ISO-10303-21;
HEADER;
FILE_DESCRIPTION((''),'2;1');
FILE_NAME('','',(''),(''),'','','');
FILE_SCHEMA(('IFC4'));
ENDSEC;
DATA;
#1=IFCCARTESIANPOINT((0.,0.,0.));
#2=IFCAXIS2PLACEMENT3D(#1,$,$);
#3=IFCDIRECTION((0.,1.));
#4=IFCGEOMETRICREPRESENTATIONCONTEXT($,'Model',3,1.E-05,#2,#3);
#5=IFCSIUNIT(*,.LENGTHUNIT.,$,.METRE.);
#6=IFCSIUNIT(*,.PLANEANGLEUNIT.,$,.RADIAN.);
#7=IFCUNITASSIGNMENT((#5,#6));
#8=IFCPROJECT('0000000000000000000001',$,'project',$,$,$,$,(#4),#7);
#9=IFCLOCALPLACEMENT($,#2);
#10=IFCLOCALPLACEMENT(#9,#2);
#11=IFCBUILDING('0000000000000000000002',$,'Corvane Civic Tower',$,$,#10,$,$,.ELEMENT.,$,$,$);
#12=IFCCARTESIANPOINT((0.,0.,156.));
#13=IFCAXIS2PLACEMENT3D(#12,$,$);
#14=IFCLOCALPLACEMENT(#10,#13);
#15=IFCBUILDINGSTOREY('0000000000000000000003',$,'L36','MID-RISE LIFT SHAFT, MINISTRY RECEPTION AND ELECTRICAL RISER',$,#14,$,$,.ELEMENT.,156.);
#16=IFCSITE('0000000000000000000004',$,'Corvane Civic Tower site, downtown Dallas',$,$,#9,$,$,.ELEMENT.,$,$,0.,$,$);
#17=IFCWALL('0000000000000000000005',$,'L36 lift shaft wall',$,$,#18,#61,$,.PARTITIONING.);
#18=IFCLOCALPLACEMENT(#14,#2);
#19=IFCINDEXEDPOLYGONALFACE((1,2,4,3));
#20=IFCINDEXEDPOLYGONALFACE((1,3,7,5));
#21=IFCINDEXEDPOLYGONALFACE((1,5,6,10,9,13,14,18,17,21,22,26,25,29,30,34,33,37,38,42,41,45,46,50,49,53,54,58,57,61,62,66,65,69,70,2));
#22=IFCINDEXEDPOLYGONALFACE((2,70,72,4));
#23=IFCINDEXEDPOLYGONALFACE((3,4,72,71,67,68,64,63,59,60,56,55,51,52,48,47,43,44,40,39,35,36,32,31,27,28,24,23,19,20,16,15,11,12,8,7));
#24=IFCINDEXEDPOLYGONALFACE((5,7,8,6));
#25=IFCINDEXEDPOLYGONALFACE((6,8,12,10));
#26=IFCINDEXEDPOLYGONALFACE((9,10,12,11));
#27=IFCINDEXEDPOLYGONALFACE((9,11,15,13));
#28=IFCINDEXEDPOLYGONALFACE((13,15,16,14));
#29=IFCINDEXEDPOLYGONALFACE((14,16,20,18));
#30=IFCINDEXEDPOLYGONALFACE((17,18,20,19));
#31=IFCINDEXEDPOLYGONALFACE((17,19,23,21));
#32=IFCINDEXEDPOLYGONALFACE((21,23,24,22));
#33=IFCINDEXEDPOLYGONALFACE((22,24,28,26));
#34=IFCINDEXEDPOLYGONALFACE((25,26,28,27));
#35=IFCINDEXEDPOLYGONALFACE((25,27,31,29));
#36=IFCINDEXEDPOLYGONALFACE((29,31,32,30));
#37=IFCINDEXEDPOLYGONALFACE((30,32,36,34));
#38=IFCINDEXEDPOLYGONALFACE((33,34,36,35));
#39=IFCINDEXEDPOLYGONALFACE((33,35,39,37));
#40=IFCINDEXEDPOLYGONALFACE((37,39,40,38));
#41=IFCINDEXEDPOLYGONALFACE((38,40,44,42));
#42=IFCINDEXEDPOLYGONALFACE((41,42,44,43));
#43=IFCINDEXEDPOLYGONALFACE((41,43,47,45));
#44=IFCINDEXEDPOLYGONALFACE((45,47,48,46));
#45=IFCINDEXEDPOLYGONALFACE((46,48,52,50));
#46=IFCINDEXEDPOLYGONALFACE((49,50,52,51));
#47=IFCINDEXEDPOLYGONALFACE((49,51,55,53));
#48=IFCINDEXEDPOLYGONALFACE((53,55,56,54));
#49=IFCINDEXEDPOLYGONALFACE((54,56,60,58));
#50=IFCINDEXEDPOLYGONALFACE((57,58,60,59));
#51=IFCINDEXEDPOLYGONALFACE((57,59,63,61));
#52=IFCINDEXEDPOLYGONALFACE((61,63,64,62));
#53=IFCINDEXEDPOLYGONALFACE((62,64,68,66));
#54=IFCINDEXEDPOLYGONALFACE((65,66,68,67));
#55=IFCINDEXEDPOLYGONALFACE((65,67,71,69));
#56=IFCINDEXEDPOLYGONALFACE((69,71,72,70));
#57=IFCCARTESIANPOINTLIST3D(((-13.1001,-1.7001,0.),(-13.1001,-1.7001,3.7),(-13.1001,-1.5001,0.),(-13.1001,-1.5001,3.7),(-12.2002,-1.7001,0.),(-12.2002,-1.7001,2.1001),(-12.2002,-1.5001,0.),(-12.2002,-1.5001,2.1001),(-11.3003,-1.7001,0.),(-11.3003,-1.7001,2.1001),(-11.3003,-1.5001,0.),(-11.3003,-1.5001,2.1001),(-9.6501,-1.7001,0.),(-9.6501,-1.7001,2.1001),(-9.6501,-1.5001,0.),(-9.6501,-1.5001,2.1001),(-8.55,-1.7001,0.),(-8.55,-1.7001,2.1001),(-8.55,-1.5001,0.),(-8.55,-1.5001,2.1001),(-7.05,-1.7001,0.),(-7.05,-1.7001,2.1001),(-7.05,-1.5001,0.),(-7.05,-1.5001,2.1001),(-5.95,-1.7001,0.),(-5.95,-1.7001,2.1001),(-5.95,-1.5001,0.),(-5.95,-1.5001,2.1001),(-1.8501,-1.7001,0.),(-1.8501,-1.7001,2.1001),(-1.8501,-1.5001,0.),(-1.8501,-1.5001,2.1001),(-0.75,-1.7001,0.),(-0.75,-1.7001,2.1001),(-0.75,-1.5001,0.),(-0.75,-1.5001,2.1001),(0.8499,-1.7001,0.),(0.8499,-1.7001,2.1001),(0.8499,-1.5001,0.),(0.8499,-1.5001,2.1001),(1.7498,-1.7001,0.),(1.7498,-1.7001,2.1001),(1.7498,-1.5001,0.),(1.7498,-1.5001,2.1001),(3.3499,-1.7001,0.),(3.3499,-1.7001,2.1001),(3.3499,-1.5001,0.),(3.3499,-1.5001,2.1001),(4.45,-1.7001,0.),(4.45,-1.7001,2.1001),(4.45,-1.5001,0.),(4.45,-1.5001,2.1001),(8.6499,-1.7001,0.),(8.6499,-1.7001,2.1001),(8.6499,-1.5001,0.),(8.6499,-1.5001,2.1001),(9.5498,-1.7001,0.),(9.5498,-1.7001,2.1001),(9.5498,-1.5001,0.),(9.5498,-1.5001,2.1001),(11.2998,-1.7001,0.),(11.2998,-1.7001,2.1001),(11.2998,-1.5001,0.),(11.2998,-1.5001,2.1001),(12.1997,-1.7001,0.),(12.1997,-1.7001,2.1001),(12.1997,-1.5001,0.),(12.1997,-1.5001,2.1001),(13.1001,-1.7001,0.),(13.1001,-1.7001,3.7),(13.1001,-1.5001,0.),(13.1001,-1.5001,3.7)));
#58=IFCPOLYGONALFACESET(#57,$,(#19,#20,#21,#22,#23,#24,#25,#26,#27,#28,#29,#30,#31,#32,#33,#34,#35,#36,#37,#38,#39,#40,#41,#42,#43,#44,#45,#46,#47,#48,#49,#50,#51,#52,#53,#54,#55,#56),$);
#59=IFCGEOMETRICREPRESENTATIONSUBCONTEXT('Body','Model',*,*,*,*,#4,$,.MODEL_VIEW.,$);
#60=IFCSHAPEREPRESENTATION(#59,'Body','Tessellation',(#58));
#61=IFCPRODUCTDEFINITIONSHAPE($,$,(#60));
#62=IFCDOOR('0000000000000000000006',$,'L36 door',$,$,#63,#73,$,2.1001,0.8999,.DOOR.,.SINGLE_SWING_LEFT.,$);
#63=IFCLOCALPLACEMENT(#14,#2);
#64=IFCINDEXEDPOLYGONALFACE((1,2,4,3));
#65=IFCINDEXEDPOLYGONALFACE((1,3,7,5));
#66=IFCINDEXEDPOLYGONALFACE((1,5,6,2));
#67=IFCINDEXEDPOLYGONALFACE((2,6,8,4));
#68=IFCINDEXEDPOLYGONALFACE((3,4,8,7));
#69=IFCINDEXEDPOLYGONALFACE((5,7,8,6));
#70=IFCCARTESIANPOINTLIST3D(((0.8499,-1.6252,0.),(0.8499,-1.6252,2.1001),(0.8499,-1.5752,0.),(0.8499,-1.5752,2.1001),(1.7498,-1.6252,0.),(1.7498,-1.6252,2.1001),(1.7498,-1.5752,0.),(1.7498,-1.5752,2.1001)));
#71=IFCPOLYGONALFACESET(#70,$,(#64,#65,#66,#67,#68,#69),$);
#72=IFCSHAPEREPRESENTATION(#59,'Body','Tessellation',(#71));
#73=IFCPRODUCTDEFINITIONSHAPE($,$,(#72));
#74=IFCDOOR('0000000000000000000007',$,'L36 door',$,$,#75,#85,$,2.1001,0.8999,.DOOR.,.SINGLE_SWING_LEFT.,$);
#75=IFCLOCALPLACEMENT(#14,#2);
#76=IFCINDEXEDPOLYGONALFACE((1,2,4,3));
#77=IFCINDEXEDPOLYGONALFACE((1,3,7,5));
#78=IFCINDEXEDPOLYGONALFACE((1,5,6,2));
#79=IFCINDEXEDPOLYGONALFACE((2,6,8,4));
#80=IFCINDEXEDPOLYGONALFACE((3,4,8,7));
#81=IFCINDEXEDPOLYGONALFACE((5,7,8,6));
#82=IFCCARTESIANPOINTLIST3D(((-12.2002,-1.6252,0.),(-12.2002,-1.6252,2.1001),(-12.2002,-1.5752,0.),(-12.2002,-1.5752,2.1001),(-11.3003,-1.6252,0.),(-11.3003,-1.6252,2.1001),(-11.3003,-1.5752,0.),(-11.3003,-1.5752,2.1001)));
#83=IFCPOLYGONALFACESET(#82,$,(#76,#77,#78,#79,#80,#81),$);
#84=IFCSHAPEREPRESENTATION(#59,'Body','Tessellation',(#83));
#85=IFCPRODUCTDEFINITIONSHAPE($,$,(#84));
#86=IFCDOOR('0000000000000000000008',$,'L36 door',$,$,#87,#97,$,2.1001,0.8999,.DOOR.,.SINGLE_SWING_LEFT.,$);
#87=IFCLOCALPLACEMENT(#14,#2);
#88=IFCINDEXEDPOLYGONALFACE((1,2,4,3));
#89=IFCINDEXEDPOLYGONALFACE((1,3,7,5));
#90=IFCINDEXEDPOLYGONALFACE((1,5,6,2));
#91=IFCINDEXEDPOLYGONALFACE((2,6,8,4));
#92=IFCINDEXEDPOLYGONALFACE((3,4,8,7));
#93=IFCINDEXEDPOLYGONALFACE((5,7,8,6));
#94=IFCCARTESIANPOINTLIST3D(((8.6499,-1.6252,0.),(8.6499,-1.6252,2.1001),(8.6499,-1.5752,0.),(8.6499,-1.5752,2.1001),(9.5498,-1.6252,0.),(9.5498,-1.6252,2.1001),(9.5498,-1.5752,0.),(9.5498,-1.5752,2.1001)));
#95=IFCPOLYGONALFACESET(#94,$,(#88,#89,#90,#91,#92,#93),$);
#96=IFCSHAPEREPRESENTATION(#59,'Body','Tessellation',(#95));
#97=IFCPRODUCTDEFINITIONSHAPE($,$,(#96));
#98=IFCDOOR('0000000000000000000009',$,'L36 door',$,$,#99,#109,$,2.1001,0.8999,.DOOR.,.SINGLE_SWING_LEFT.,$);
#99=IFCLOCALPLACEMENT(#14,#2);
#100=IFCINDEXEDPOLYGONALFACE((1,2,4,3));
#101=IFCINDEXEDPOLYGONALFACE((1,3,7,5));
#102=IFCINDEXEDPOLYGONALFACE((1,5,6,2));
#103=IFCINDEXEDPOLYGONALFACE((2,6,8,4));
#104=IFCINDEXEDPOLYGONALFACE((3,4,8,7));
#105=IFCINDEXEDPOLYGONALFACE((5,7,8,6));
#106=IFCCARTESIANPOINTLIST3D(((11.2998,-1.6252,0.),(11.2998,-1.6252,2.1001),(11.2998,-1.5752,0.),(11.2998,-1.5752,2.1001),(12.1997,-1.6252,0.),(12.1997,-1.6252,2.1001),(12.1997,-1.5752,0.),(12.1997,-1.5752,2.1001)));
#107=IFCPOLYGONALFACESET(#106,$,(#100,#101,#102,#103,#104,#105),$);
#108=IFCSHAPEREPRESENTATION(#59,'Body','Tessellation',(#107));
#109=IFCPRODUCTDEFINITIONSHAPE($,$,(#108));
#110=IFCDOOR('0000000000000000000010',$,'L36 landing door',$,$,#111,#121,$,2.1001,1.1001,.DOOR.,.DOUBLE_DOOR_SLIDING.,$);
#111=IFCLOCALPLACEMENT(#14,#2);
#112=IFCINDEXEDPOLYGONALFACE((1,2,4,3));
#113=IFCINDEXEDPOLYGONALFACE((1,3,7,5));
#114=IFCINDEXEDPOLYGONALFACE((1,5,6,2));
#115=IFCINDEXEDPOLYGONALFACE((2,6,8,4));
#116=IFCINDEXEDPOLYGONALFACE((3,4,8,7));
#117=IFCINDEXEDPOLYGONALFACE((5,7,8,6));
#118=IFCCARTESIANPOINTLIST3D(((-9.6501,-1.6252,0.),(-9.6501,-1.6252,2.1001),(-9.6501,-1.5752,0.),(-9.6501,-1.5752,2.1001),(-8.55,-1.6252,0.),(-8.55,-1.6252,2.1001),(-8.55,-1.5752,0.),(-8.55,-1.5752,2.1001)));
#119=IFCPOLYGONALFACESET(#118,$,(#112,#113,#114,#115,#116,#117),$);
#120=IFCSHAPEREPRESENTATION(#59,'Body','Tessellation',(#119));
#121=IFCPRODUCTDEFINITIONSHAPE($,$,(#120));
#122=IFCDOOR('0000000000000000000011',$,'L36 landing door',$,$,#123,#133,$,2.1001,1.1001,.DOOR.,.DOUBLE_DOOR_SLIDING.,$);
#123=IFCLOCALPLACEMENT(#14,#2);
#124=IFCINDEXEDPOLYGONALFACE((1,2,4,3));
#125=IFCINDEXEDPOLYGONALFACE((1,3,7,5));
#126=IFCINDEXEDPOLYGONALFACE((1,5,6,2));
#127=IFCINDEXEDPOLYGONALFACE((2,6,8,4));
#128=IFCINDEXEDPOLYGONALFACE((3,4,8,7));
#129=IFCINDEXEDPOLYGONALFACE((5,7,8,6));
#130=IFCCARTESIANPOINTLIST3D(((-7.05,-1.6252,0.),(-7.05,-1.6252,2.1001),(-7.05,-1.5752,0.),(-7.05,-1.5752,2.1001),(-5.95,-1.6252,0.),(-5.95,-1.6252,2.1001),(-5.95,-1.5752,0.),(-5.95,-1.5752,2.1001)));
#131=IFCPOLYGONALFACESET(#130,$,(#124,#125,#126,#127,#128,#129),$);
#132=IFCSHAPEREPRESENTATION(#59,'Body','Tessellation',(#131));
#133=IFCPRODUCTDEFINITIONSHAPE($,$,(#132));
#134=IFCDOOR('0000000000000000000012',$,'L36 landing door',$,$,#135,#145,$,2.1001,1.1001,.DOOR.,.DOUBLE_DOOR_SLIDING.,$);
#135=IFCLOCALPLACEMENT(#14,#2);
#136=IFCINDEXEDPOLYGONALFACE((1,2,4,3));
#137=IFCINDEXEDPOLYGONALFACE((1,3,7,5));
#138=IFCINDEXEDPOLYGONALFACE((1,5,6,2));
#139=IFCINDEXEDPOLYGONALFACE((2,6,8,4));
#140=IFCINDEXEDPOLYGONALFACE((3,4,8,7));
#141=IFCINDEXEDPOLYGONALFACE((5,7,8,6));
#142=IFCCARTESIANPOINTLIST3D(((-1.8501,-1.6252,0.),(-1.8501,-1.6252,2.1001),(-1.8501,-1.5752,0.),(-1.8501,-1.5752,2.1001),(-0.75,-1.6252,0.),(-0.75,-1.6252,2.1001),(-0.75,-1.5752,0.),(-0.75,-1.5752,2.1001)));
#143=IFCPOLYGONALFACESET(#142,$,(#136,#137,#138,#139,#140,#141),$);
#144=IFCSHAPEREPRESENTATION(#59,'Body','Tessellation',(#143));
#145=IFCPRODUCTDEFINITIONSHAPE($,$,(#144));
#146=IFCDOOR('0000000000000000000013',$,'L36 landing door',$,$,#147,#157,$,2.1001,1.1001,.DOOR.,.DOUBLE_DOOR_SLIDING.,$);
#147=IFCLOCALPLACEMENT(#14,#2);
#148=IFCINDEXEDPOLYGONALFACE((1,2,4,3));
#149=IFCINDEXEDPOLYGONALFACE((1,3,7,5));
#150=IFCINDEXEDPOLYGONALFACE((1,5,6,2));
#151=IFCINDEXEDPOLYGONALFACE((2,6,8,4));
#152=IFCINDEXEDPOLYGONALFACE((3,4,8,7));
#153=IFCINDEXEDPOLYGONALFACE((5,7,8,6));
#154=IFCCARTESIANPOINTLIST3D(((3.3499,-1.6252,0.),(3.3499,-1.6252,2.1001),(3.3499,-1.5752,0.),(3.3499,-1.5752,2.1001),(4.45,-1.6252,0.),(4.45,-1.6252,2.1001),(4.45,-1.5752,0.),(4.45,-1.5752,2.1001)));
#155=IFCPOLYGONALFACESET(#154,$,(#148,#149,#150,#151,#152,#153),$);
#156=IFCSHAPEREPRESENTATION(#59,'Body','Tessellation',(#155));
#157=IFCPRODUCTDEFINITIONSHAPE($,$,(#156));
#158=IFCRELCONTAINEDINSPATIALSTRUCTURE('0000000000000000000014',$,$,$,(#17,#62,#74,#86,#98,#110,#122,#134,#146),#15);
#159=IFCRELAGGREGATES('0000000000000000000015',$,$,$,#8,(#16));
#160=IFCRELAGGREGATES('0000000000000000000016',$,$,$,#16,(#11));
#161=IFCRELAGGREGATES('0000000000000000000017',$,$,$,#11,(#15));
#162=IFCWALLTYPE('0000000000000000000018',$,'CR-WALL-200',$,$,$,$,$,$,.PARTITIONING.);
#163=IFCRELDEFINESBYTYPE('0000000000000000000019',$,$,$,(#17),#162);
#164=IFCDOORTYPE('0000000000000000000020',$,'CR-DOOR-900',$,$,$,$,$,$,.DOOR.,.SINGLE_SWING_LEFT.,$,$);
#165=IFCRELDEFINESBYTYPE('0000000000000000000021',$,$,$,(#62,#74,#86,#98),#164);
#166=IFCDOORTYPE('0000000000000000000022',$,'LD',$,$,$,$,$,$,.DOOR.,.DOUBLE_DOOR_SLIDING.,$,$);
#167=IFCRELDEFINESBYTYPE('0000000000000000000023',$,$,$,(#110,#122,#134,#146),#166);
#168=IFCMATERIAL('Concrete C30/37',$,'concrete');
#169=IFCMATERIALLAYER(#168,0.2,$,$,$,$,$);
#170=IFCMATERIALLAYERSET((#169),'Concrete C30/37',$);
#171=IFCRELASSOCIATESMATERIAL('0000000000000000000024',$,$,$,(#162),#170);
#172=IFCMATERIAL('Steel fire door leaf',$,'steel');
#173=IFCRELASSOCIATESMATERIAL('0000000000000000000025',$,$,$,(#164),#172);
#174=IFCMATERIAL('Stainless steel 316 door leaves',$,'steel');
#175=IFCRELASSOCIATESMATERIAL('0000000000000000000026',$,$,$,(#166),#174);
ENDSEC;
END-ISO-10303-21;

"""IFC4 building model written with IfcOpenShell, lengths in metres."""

from ifc_helpers import new_model, si_unit, direction, frame, frame_2d, origin, place, context, subcontext, project, spatial, rectangle, extrude, material, layer, layer_set, type_object, element, fill, save


model = new_model("IFC4")

# Units and contexts
model_context = context("Model", 3, precision=1e-05, world=origin(), true_north=direction((0.0, 1.0)))
body_context = subcontext(model_context, "Body", "Model", "MODEL_VIEW")
ifc_project = project(units=[si_unit("LENGTHUNIT", "METRE"), si_unit("PLANEANGLEUNIT", "RADIAN")], contexts=[model_context])

# Site, building, storey
site_placement = place(None, origin())
site = spatial("IfcSite", under=ifc_project, at=site_placement, Name="Corvane Civic Tower site, downtown Dallas", CompositionType="ELEMENT", RefElevation=0.0)
building_placement = place(site_placement, origin())
building = spatial("IfcBuilding", under=site, at=building_placement, Name="Corvane Civic Tower", CompositionType="ELEMENT")
storey_placement = place(building_placement, frame((0.0, 0.0, 156.0)))
storey = spatial("IfcBuildingStorey", under=building, at=storey_placement, Name="L36", Description="MID-RISE LIFT SHAFT, MINISTRY RECEPTION AND ELECTRICAL RISER", CompositionType="ELEMENT", Elevation=156.0)

# Wall, openings, doors
ifc_material_1 = material(Name="Concrete C30/37", Category="concrete")
ifc_layer_1 = layer(ifc_material_1, 0.2)
ifc_layer_set_1 = layer_set([ifc_layer_1], Name="Concrete C30/37")
wall_type_1 = type_object("IfcWallType", Name="CR-WALL-200", PredefinedType="PARTITIONING", material=ifc_layer_set_1)
ifc_material_2 = material(Name="Steel fire door leaf", Category="steel")
door_type_1 = type_object("IfcDoorType", Name="CR-DOOR-900", OperationType="SINGLE_SWING_LEFT", PredefinedType="DOOR", material=ifc_material_2)
wall_1_placement = place(storey_placement, frame((-13.1001, -1.6001, 0.0), z_axis=(0.0, 0.0, 1.0), x_axis=(1.0, 0.0, 0.0)))
wall_1 = element("IfcWall", 1, at=wall_1_placement, inside=storey, type_object=wall_type_1, Name="L36 lift shaft wall", PredefinedType="PARTITIONING", context=body_context, shape_type="SweptSolid", body=[
    extrude(rectangle(XDim=26.2002, YDim=0.2, at=frame_2d((13.1001, 0.0))), origin(), (0.0, 0.0, 1.0), 3.7),
])
opening_1_placement = place(wall_1_placement, frame((3.45, 0.0, 0.0)))
opening_1 = element("IfcOpeningElement", 2, at=opening_1_placement, cuts=wall_1, PredefinedType="OPENING", context=body_context, shape_type="SweptSolid", body=[
    extrude(rectangle(XDim=1.1001, YDim=2.1001, at=frame_2d((0.55, 1.05))), frame((0.0, 0.1099, 0.0), z_axis=(0.0, -1.0, 0.0), x_axis=(1.0, 0.0, 0.0)), (0.0, 0.0, 1.0), 0.22),
])
opening_2_placement = place(wall_1_placement, frame((6.05, 0.0, 0.0)))
opening_2 = element("IfcOpeningElement", 3, at=opening_2_placement, cuts=wall_1, PredefinedType="OPENING", context=body_context, shape_type="SweptSolid", body=[
    extrude(rectangle(XDim=1.1001, YDim=2.1001, at=frame_2d((0.55, 1.05))), frame((0.0, 0.1099, 0.0), z_axis=(0.0, -1.0, 0.0), x_axis=(1.0, 0.0, 0.0)), (0.0, 0.0, 1.0), 0.22),
])
opening_3_placement = place(wall_1_placement, frame((11.25, 0.0, 0.0)))
opening_3 = element("IfcOpeningElement", 4, at=opening_3_placement, cuts=wall_1, PredefinedType="OPENING", context=body_context, shape_type="SweptSolid", body=[
    extrude(rectangle(XDim=1.1001, YDim=2.1001, at=frame_2d((0.55, 1.05))), frame((0.0, 0.1099, 0.0), z_axis=(0.0, -1.0, 0.0), x_axis=(1.0, 0.0, 0.0)), (0.0, 0.0, 1.0), 0.22),
])
opening_4_placement = place(wall_1_placement, frame((13.95, 0.0, 0.0)))
opening_4 = element("IfcOpeningElement", 5, at=opening_4_placement, cuts=wall_1, PredefinedType="OPENING", context=body_context, shape_type="SweptSolid", body=[
    extrude(rectangle(XDim=0.8999, YDim=2.1001, at=frame_2d((0.45, 1.05))), frame((0.0, 0.1099, 0.0), z_axis=(0.0, -1.0, 0.0), x_axis=(1.0, 0.0, 0.0)), (0.0, 0.0, 1.0), 0.22),
])
opening_5_placement = place(wall_1_placement, frame((16.45, 0.0, 0.0)))
opening_5 = element("IfcOpeningElement", 6, at=opening_5_placement, cuts=wall_1, PredefinedType="OPENING", context=body_context, shape_type="SweptSolid", body=[
    extrude(rectangle(XDim=1.1001, YDim=2.1001, at=frame_2d((0.55, 1.05))), frame((0.0, 0.1099, 0.0), z_axis=(0.0, -1.0, 0.0), x_axis=(1.0, 0.0, 0.0)), (0.0, 0.0, 1.0), 0.22),
])
opening_6_placement = place(wall_1_placement, frame((0.8999, 0.0, 0.0)))
opening_6 = element("IfcOpeningElement", 7, at=opening_6_placement, cuts=wall_1, PredefinedType="OPENING", context=body_context, shape_type="SweptSolid", body=[
    extrude(rectangle(XDim=0.8999, YDim=2.1001, at=frame_2d((0.45, 1.05))), frame((0.0, 0.1099, 0.0), z_axis=(0.0, -1.0, 0.0), x_axis=(1.0, 0.0, 0.0)), (0.0, 0.0, 1.0), 0.22),
])
opening_7_placement = place(wall_1_placement, frame((21.75, 0.0, 0.0)))
opening_7 = element("IfcOpeningElement", 8, at=opening_7_placement, cuts=wall_1, PredefinedType="OPENING", context=body_context, shape_type="SweptSolid", body=[
    extrude(rectangle(XDim=0.8999, YDim=2.1001, at=frame_2d((0.45, 1.05))), frame((0.0, 0.1099, 0.0), z_axis=(0.0, -1.0, 0.0), x_axis=(1.0, 0.0, 0.0)), (0.0, 0.0, 1.0), 0.22),
])
opening_8_placement = place(wall_1_placement, frame((24.3999, 0.0, 0.0)))
opening_8 = element("IfcOpeningElement", 9, at=opening_8_placement, cuts=wall_1, PredefinedType="OPENING", context=body_context, shape_type="SweptSolid", body=[
    extrude(rectangle(XDim=0.8999, YDim=2.1001, at=frame_2d((0.45, 1.05))), frame((0.0, 0.1099, 0.0), z_axis=(0.0, -1.0, 0.0), x_axis=(1.0, 0.0, 0.0)), (0.0, 0.0, 1.0), 0.22),
])
door_1_placement = place(opening_4_placement, origin())
door_1 = element("IfcDoor", 10, at=door_1_placement, inside=storey, type_object=door_type_1, Name="L36 door", OperationType="SINGLE_SWING_LEFT", OverallHeight=2.1001, OverallWidth=0.8999, PredefinedType="DOOR", context=body_context, shape_type="SweptSolid", body=[
    extrude(rectangle(XDim=0.8999, YDim=2.1001, at=frame_2d((0.45, 1.05))), frame((0.0, 0.0249, 0.0), z_axis=(0.0, -1.0, 0.0), x_axis=(1.0, 0.0, 0.0)), (0.0, 0.0, 1.0), 0.05),
])
fill(opening_4, door_1)
door_2_placement = place(opening_6_placement, origin())
door_2 = element("IfcDoor", 11, at=door_2_placement, inside=storey, type_object=door_type_1, Name="L36 door", OperationType="SINGLE_SWING_LEFT", OverallHeight=2.1001, OverallWidth=0.8999, PredefinedType="DOOR", context=body_context, shape_type="SweptSolid", body=[
    extrude(rectangle(XDim=0.8999, YDim=2.1001, at=frame_2d((0.45, 1.05))), frame((0.0, 0.0249, 0.0), z_axis=(0.0, -1.0, 0.0), x_axis=(1.0, 0.0, 0.0)), (0.0, 0.0, 1.0), 0.05),
])
fill(opening_6, door_2)
door_3_placement = place(opening_7_placement, origin())
door_3 = element("IfcDoor", 12, at=door_3_placement, inside=storey, type_object=door_type_1, Name="L36 door", OperationType="SINGLE_SWING_LEFT", OverallHeight=2.1001, OverallWidth=0.8999, PredefinedType="DOOR", context=body_context, shape_type="SweptSolid", body=[
    extrude(rectangle(XDim=0.8999, YDim=2.1001, at=frame_2d((0.45, 1.05))), frame((0.0, 0.0249, 0.0), z_axis=(0.0, -1.0, 0.0), x_axis=(1.0, 0.0, 0.0)), (0.0, 0.0, 1.0), 0.05),
])
fill(opening_7, door_3)
door_4_placement = place(opening_8_placement, origin())
door_4 = element("IfcDoor", 13, at=door_4_placement, inside=storey, type_object=door_type_1, Name="L36 door", OperationType="SINGLE_SWING_LEFT", OverallHeight=2.1001, OverallWidth=0.8999, PredefinedType="DOOR", context=body_context, shape_type="SweptSolid", body=[
    extrude(rectangle(XDim=0.8999, YDim=2.1001, at=frame_2d((0.45, 1.05))), frame((0.0, 0.0249, 0.0), z_axis=(0.0, -1.0, 0.0), x_axis=(1.0, 0.0, 0.0)), (0.0, 0.0, 1.0), 0.05),
])
fill(opening_8, door_4)
ifc_material_3 = material(Name="Stainless steel 316 door leaves", Category="steel")
door_type_2 = type_object("IfcDoorType", Name="LD", OperationType="DOUBLE_DOOR_SLIDING", PredefinedType="DOOR", material=ifc_material_3)
door_5_placement = place(opening_1_placement, origin())
door_5 = element("IfcDoor", 14, at=door_5_placement, inside=storey, type_object=door_type_2, Name="L36 landing door", OperationType="DOUBLE_DOOR_SLIDING", OverallHeight=2.1001, OverallWidth=1.1001, PredefinedType="DOOR", context=body_context, shape_type="SweptSolid", body=[
    extrude(rectangle(XDim=1.1001, YDim=2.1001, at=frame_2d((0.55, 1.05))), frame((0.0, 0.0249, 0.0), z_axis=(0.0, -1.0, 0.0), x_axis=(1.0, 0.0, 0.0)), (0.0, 0.0, 1.0), 0.05),
])
fill(opening_1, door_5)
door_6_placement = place(opening_2_placement, origin())
door_6 = element("IfcDoor", 15, at=door_6_placement, inside=storey, type_object=door_type_2, Name="L36 landing door", OperationType="DOUBLE_DOOR_SLIDING", OverallHeight=2.1001, OverallWidth=1.1001, PredefinedType="DOOR", context=body_context, shape_type="SweptSolid", body=[
    extrude(rectangle(XDim=1.1001, YDim=2.1001, at=frame_2d((0.55, 1.05))), frame((0.0, 0.0249, 0.0), z_axis=(0.0, -1.0, 0.0), x_axis=(1.0, 0.0, 0.0)), (0.0, 0.0, 1.0), 0.05),
])
fill(opening_2, door_6)
door_7_placement = place(opening_3_placement, origin())
door_7 = element("IfcDoor", 16, at=door_7_placement, inside=storey, type_object=door_type_2, Name="L36 landing door", OperationType="DOUBLE_DOOR_SLIDING", OverallHeight=2.1001, OverallWidth=1.1001, PredefinedType="DOOR", context=body_context, shape_type="SweptSolid", body=[
    extrude(rectangle(XDim=1.1001, YDim=2.1001, at=frame_2d((0.55, 1.05))), frame((0.0, 0.0249, 0.0), z_axis=(0.0, -1.0, 0.0), x_axis=(1.0, 0.0, 0.0)), (0.0, 0.0, 1.0), 0.05),
])
fill(opening_3, door_7)
door_8_placement = place(opening_5_placement, origin())
door_8 = element("IfcDoor", 17, at=door_8_placement, inside=storey, type_object=door_type_2, Name="L36 landing door", OperationType="DOUBLE_DOOR_SLIDING", OverallHeight=2.1001, OverallWidth=1.1001, PredefinedType="DOOR", context=body_context, shape_type="SweptSolid", body=[
    extrude(rectangle(XDim=1.1001, YDim=2.1001, at=frame_2d((0.55, 1.05))), frame((0.0, 0.0249, 0.0), z_axis=(0.0, -1.0, 0.0), x_axis=(1.0, 0.0, 0.0)), (0.0, 0.0, 1.0), 0.05),
])
fill(opening_5, door_8)

save(model, "model.ifc")
